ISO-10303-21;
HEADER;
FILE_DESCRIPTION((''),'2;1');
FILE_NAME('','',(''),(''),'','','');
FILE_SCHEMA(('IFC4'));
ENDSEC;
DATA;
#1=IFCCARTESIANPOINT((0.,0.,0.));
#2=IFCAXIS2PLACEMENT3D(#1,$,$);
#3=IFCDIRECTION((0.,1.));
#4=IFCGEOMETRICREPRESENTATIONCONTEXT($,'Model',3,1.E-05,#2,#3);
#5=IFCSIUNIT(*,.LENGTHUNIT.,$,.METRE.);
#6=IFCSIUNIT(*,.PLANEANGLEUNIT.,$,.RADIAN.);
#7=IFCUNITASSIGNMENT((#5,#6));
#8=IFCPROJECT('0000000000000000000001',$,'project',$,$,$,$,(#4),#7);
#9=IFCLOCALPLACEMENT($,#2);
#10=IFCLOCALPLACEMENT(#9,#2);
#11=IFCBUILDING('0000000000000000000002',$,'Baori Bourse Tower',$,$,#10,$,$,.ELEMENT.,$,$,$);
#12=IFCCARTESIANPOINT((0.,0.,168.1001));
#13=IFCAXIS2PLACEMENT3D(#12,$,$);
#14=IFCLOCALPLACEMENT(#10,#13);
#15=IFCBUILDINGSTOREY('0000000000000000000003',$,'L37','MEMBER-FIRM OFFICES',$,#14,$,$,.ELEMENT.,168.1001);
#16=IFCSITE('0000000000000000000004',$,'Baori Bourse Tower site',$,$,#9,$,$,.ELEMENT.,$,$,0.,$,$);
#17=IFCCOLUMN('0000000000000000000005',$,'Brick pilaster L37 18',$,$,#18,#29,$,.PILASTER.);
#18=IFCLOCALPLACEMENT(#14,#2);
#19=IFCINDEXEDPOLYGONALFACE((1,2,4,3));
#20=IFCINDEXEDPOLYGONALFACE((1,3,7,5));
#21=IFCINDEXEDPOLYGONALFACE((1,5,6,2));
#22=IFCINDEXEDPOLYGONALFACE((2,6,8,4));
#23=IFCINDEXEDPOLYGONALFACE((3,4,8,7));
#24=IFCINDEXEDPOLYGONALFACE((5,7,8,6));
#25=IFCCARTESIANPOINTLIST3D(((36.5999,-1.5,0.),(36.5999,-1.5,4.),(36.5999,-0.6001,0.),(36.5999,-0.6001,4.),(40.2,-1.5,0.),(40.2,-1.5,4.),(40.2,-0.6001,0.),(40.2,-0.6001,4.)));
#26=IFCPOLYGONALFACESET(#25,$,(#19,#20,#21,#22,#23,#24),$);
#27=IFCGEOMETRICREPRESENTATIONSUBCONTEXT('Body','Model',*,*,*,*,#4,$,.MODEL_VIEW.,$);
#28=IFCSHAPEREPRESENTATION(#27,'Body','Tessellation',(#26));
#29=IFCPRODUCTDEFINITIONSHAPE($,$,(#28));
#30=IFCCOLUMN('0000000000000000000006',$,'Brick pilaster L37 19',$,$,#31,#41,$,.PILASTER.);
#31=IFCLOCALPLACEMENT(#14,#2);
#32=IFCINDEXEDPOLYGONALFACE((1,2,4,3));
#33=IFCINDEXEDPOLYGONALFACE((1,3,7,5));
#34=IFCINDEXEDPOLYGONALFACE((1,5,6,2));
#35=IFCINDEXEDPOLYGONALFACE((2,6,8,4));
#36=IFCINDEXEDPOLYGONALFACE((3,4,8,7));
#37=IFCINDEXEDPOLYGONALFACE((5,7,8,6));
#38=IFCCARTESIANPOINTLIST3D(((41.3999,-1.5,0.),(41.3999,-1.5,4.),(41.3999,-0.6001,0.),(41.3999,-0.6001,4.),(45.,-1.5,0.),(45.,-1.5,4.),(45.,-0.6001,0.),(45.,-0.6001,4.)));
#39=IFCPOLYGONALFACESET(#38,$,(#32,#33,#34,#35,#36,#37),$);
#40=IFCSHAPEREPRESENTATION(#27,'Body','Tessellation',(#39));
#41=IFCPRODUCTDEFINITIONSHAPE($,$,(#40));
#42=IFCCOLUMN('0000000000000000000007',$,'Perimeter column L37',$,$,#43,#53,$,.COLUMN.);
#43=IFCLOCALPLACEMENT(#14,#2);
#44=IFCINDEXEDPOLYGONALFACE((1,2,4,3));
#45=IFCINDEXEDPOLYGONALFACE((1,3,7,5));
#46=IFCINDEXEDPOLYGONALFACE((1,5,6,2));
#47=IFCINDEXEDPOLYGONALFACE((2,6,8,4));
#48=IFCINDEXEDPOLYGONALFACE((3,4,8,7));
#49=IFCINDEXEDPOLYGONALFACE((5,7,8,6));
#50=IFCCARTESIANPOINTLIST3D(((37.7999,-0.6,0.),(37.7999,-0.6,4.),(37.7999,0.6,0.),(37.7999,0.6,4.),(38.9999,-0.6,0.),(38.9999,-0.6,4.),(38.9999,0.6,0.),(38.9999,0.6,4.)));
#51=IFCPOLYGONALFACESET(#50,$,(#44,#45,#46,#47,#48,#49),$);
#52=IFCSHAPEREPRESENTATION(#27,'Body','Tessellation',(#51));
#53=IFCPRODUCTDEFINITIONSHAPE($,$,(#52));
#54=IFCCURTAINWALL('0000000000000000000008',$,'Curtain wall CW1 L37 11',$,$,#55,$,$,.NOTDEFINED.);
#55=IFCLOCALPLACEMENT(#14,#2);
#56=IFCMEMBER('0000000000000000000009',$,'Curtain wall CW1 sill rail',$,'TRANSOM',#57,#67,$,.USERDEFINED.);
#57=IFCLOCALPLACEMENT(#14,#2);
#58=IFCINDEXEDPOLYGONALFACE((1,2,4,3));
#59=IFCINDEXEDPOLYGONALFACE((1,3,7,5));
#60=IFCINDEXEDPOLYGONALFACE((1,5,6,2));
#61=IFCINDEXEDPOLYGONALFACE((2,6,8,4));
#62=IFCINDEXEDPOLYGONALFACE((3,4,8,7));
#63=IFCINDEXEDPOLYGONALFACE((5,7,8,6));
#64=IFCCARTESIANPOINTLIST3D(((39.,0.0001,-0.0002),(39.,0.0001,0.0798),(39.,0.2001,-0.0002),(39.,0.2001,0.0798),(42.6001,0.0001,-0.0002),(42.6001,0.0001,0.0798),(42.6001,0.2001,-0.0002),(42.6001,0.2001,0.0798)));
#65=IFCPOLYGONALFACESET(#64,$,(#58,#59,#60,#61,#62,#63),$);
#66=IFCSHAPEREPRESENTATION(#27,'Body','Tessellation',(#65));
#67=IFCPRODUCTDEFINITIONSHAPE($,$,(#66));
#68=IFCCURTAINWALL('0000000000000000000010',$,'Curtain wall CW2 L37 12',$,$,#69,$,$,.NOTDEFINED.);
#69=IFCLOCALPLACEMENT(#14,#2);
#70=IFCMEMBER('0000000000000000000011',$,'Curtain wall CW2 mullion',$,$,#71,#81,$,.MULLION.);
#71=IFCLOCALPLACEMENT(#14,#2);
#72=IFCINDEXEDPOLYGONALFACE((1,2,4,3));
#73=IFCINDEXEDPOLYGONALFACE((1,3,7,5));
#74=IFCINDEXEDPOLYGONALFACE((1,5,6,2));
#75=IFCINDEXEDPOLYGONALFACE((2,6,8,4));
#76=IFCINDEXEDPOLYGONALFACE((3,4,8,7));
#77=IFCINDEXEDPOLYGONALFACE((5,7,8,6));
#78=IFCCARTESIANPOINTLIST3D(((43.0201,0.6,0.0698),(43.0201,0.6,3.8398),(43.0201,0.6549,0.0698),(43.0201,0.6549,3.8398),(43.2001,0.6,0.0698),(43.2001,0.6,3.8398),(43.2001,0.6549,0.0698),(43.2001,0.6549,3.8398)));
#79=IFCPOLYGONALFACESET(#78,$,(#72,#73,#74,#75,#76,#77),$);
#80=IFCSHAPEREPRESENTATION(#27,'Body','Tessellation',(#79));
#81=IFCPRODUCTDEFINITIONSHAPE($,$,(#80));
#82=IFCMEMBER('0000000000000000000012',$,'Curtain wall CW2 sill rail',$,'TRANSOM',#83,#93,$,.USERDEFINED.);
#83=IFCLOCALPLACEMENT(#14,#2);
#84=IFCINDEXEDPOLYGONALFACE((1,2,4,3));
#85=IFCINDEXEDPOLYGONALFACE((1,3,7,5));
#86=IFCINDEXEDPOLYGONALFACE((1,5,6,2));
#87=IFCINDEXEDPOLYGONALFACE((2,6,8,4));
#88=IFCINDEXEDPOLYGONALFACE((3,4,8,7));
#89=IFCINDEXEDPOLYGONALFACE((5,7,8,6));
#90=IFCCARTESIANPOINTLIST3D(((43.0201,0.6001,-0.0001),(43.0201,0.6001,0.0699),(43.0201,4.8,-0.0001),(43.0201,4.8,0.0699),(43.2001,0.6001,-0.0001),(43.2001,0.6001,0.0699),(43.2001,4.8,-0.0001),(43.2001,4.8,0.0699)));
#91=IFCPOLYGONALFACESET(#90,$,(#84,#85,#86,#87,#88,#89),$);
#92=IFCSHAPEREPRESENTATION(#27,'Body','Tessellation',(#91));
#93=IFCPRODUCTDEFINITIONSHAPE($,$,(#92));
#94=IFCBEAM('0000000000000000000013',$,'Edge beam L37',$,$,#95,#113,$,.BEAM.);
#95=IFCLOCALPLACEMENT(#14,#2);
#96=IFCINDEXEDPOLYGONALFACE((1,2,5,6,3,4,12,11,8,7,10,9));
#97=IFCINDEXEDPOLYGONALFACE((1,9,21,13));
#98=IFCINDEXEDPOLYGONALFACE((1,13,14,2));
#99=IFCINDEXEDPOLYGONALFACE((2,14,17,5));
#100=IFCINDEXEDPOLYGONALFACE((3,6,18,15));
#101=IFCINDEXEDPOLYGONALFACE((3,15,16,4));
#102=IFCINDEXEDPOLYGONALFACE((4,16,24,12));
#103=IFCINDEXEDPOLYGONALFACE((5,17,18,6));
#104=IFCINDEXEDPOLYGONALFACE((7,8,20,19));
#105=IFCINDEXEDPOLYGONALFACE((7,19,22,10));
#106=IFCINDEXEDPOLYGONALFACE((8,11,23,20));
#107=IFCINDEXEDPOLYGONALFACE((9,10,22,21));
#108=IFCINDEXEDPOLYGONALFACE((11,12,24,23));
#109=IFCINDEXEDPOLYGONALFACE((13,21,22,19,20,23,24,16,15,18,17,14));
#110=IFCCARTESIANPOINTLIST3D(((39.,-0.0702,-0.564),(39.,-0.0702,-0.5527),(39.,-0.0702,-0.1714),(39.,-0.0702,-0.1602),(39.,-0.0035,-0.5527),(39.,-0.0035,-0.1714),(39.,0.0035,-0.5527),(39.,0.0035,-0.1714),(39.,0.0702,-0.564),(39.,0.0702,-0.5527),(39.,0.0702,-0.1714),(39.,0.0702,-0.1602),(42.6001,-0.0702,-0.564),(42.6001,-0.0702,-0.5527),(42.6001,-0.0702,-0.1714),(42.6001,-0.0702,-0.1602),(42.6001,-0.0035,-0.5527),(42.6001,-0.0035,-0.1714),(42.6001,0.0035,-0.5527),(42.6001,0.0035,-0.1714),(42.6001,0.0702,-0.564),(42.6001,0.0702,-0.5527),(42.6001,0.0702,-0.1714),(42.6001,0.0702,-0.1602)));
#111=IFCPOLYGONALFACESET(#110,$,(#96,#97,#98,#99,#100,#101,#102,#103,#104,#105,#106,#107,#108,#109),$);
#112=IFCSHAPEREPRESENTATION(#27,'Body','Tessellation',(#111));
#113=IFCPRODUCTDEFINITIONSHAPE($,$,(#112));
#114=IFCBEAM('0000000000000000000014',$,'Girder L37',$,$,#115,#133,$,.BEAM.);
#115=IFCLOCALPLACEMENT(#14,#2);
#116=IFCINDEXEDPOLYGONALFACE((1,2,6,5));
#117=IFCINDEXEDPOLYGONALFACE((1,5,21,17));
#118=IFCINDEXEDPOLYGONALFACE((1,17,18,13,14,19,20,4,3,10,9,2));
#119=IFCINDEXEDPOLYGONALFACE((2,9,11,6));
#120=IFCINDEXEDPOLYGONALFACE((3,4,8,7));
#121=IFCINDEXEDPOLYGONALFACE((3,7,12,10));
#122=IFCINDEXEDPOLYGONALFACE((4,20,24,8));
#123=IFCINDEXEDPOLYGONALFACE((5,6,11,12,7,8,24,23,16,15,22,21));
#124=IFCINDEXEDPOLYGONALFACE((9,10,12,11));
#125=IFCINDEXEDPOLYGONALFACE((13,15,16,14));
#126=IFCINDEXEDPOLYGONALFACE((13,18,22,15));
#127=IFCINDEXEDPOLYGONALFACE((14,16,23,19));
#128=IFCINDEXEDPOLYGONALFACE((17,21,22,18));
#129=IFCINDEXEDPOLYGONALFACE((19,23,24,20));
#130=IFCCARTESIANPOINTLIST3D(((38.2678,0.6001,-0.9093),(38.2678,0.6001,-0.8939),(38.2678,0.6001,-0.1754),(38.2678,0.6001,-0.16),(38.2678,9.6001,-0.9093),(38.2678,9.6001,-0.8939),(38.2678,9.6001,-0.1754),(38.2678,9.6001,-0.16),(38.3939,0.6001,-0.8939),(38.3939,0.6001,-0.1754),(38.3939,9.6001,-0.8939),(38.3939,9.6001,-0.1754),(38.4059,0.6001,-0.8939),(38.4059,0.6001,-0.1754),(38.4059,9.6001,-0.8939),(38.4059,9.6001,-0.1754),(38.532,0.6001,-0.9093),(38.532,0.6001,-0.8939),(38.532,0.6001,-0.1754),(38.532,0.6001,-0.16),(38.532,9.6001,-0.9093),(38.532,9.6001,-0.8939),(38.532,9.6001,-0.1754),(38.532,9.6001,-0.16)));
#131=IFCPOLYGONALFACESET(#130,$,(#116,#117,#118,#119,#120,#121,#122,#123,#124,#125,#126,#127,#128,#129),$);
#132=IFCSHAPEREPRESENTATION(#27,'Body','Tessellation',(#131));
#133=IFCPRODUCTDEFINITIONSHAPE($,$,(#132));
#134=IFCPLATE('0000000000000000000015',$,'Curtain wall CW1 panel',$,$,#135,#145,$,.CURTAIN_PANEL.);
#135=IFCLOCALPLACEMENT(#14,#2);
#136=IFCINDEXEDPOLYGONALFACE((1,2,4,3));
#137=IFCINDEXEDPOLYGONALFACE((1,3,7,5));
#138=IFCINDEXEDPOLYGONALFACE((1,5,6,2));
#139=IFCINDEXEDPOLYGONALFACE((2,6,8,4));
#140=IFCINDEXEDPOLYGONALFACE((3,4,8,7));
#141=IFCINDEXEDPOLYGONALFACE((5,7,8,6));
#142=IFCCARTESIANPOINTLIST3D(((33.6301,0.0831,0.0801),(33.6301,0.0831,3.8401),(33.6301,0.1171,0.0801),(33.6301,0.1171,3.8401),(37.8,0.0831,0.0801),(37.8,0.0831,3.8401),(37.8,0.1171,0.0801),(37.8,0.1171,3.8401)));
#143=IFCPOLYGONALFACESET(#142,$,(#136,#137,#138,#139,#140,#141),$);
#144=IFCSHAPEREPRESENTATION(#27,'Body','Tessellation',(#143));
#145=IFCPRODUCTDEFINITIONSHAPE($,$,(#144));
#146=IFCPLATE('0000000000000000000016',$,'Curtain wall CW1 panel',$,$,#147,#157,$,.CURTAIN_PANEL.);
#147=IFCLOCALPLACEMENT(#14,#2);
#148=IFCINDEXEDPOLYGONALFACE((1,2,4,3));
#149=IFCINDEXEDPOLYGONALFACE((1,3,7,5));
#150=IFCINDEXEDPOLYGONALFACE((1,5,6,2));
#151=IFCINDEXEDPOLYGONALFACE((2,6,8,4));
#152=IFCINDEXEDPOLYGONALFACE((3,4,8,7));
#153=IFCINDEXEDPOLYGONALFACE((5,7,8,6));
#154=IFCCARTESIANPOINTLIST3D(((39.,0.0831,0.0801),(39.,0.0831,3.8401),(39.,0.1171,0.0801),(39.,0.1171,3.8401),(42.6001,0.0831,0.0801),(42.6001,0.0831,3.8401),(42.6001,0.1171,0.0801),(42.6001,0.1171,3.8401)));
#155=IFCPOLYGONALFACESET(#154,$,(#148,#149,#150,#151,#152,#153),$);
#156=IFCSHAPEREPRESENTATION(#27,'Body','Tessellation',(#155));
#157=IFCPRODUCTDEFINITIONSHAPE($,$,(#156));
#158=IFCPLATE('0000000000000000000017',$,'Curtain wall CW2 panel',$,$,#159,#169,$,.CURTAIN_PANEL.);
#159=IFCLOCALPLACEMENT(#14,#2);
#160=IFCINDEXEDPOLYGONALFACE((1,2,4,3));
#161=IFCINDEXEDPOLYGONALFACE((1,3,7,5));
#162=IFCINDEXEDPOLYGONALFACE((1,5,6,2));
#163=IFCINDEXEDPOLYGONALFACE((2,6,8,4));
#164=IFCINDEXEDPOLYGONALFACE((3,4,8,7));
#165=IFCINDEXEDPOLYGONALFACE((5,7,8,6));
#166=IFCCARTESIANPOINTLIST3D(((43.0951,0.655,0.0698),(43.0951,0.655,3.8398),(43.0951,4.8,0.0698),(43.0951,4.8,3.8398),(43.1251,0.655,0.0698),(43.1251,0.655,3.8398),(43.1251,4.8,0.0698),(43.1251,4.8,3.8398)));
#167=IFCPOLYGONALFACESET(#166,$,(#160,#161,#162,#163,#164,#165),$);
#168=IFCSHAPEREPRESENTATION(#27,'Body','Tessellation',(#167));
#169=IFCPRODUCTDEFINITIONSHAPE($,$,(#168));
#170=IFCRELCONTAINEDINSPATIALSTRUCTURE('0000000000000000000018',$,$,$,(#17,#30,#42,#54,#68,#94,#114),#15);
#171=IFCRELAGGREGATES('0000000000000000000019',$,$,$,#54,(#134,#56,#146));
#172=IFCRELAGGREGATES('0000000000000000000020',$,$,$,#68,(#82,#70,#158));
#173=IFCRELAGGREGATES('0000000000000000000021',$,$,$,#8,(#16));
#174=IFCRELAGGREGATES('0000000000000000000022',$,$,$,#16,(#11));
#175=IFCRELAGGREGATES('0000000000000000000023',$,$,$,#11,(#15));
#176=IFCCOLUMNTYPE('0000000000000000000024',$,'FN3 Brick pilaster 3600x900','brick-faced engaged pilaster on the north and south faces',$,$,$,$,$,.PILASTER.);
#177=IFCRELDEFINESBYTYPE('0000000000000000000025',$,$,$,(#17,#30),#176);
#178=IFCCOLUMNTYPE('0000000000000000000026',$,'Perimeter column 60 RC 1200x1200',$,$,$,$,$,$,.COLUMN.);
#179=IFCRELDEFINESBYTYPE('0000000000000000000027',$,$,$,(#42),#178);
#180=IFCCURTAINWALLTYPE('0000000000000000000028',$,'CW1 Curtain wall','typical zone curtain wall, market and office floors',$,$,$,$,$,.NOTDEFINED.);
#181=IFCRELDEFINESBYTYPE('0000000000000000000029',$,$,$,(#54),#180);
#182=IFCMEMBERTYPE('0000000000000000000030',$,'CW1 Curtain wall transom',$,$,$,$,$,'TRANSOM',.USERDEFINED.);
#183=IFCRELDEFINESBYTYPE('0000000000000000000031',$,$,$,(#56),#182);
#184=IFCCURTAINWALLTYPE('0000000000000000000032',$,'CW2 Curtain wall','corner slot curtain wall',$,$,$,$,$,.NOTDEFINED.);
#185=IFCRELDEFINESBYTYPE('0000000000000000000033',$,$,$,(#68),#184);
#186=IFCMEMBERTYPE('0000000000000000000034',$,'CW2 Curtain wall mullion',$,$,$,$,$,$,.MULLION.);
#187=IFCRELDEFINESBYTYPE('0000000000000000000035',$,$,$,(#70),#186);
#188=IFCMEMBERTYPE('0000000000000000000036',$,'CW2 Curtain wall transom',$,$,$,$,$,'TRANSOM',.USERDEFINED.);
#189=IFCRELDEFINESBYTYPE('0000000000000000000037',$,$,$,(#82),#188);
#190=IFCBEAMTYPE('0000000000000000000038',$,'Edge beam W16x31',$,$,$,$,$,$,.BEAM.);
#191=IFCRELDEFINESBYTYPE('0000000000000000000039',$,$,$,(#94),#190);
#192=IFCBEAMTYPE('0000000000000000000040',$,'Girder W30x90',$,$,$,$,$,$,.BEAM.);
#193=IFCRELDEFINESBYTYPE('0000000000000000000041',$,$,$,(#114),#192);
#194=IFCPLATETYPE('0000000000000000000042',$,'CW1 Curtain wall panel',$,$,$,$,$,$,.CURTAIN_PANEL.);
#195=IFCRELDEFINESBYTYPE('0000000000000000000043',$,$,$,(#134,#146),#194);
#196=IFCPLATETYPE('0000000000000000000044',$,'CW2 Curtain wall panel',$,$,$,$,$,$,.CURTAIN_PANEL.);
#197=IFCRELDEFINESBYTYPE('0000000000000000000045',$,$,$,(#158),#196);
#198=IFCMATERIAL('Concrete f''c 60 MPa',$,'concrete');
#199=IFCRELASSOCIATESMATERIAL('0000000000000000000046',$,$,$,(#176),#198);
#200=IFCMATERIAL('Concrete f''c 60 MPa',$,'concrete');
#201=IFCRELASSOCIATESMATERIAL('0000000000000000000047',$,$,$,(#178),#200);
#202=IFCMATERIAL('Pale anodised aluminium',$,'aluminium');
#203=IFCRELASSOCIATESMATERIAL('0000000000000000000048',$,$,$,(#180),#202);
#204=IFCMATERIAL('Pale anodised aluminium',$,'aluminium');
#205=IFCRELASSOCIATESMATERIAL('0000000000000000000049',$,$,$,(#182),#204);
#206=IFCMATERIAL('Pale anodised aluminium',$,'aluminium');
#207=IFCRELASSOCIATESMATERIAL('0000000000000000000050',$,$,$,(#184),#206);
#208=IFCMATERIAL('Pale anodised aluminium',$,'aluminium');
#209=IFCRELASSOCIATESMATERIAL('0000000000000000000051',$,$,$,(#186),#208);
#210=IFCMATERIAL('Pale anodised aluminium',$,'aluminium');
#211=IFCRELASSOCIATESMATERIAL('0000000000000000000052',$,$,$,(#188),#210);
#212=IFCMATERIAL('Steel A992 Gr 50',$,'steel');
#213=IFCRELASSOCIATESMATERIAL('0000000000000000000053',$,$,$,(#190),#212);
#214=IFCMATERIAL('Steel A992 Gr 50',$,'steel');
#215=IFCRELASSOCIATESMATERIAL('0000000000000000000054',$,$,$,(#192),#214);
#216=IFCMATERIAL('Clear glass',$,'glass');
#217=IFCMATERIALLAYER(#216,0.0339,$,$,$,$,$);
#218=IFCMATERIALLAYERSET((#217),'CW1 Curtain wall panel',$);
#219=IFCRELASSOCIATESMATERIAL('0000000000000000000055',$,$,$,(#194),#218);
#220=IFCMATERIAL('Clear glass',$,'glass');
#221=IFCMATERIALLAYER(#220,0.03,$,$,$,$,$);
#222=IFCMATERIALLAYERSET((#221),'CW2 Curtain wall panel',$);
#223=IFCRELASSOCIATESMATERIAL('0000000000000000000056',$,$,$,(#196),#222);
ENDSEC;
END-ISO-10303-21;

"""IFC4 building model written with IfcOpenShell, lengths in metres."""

from ifc_helpers import new_model, si_unit, direction, frame, origin, origin_2d, place, context, subcontext, project, spatial, rectangle, i_section, extrude, material, layer, layer_set, material_profile, profile_set, type_object, element, aggregate, save


model = new_model("IFC4")

# Units and contexts
model_context = context("Model", 3, precision=1e-05, world=origin(), true_north=direction((0.0, 1.0)))
body_context = subcontext(model_context, "Body", "Model", "MODEL_VIEW")
ifc_project = project(units=[si_unit("LENGTHUNIT", "METRE"), si_unit("PLANEANGLEUNIT", "RADIAN")], contexts=[model_context])

# Site, building, storey
site_placement = place(None, origin())
site = spatial("IfcSite", under=ifc_project, at=site_placement, Name="Baori Bourse Tower site", CompositionType="ELEMENT", RefElevation=0.0)
building_placement = place(site_placement, origin())
building = spatial("IfcBuilding", under=site, at=building_placement, Name="Baori Bourse Tower", CompositionType="ELEMENT")
storey_placement = place(building_placement, frame((0.0, 0.0, 168.1001)))
storey = spatial("IfcBuildingStorey", under=building, at=storey_placement, Name="L37", Description="MEMBER-FIRM OFFICES", CompositionType="ELEMENT", Elevation=168.1001)

# Columns
ifc_material_1 = material(Name="Concrete f'c 60 MPa", Category="concrete")
ifc_material_profile_1 = material_profile(ifc_material_1, rectangle(XDim=3.6001, YDim=0.8999, at=origin_2d()), Name="RC 3600x900")
ifc_profile_set_1 = profile_set([ifc_material_profile_1], Name="Concrete f'c 60 MPa")
column_type_1 = type_object("IfcColumnType", Name="FN3 Brick pilaster 3600x900", Description="brick-faced engaged pilaster on the north and south faces", PredefinedType="PILASTER", material=ifc_profile_set_1)
for number, where, z_axis, x_axis, name in (
    (1, (38.3999, -1.05, 0.0), (0.0, 0.0, 1.0), (1.0, 0.0, 0.0), "Brick pilaster L37 18"),
    (2, (43.2, -1.05, 0.0), (0.0, 0.0, 1.0), (1.0, 0.0, 0.0), "Brick pilaster L37 19"),
):
    element("IfcColumn", number, at=place(storey_placement, frame(where, z_axis=z_axis, x_axis=x_axis)), inside=storey, type_object=column_type_1, Name=name, PredefinedType="PILASTER", context=body_context, shape_type="SweptSolid", body=[
        extrude(rectangle(XDim=3.6001, YDim=0.8999, at=origin_2d()), origin(), (0.0, 0.0, 1.0), 4.0),
    ])
ifc_material_2 = material(Name="Concrete f'c 60 MPa", Category="concrete")
ifc_material_profile_2 = material_profile(ifc_material_2, rectangle(XDim=1.2, YDim=1.2, at=origin_2d()), Name="RC 1200x1200")
ifc_profile_set_2 = profile_set([ifc_material_profile_2], Name="Concrete f'c 60 MPa")
column_type_2 = type_object("IfcColumnType", Name="Perimeter column 60 RC 1200x1200", PredefinedType="COLUMN", material=ifc_profile_set_2)
column_placement = place(storey_placement, frame((38.3999, 0.0, 0.0), z_axis=(0.0, 0.0, 1.0), x_axis=(1.0, 0.0, 0.0)))
element("IfcColumn", 3, at=column_placement, inside=storey, type_object=column_type_2, Name="Perimeter column L37", PredefinedType="COLUMN", context=body_context, shape_type="SweptSolid", body=[
    extrude(rectangle(XDim=1.2, YDim=1.2, at=origin_2d()), origin(), (0.0, 0.0, 1.0), 4.0),
])

# Curtain wall, member
ifc_material_3 = material(Name="Pale anodised aluminium", Category="aluminium")
curtain_wall_type_1 = type_object("IfcCurtainWallType", Name="CW1 Curtain wall", Description="typical zone curtain wall, market and office floors", PredefinedType="NOTDEFINED", material=ifc_material_3)
curtain_wall_1_placement = place(storey_placement, origin())
curtain_wall_1 = element("IfcCurtainWall", 4, at=curtain_wall_1_placement, inside=storey, type_object=curtain_wall_type_1, Name="Curtain wall CW1 L37 11", PredefinedType="NOTDEFINED")
ifc_material_4 = material(Name="Pale anodised aluminium", Category="aluminium")
ifc_material_profile_3 = material_profile(ifc_material_4, rectangle(XDim=0.2, YDim=0.0801, at=origin_2d()), Name="Transom 80x200")
ifc_profile_set_3 = profile_set([ifc_material_profile_3], Name="Pale anodised aluminium")
member_type_1 = type_object("IfcMemberType", Name="CW1 Curtain wall transom", ElementType="TRANSOM", PredefinedType="USERDEFINED", material=ifc_profile_set_3)
member_1_placement = place(storey_placement, frame((39.0, 0.1001, 0.0398), z_axis=(1.0, 0.0, 0.0), x_axis=(0.0, 1.0, 0.0)))
member_1 = element("IfcMember", 5, at=member_1_placement, type_object=member_type_1, Name="Curtain wall CW1 sill rail", ObjectType="TRANSOM", PredefinedType="USERDEFINED", context=body_context, shape_type="SweptSolid", body=[
    extrude(rectangle(XDim=0.2, YDim=0.0801, at=origin_2d()), origin(), (0.0, 0.0, 1.0), 3.6001),
])

# Curtain wall, members
ifc_material_5 = material(Name="Pale anodised aluminium", Category="aluminium")
curtain_wall_type_2 = type_object("IfcCurtainWallType", Name="CW2 Curtain wall", Description="corner slot curtain wall", PredefinedType="NOTDEFINED", material=ifc_material_5)
curtain_wall_2_placement = place(storey_placement, origin())
curtain_wall_2 = element("IfcCurtainWall", 6, at=curtain_wall_2_placement, inside=storey, type_object=curtain_wall_type_2, Name="Curtain wall CW2 L37 12", PredefinedType="NOTDEFINED")
ifc_material_6 = material(Name="Pale anodised aluminium", Category="aluminium")
ifc_material_profile_4 = material_profile(ifc_material_6, rectangle(XDim=0.1799, YDim=0.0549, at=origin_2d()), Name="Mullion 55x180")
ifc_profile_set_4 = profile_set([ifc_material_profile_4], Name="Pale anodised aluminium")
member_type_2 = type_object("IfcMemberType", Name="CW2 Curtain wall mullion", PredefinedType="MULLION", material=ifc_profile_set_4)
member_2_placement = place(storey_placement, frame((43.1101, 0.6274, 0.0698), z_axis=(0.0, 0.0, 1.0), x_axis=(-1.0, 0.0, 0.0)))
member_2 = element("IfcMember", 7, at=member_2_placement, type_object=member_type_2, Name="Curtain wall CW2 mullion", PredefinedType="MULLION", context=body_context, shape_type="SweptSolid", body=[
    extrude(rectangle(XDim=0.1799, YDim=0.0549, at=origin_2d()), origin(), (0.0, 0.0, 1.0), 3.77),
])
ifc_material_7 = material(Name="Pale anodised aluminium", Category="aluminium")
ifc_material_profile_5 = material_profile(ifc_material_7, rectangle(XDim=0.1799, YDim=0.0701, at=origin_2d()), Name="Transom 70x180")
ifc_profile_set_5 = profile_set([ifc_material_profile_5], Name="Pale anodised aluminium")
member_type_3 = type_object("IfcMemberType", Name="CW2 Curtain wall transom", ElementType="TRANSOM", PredefinedType="USERDEFINED", material=ifc_profile_set_5)
member_3_placement = place(storey_placement, frame((43.1101, 0.6001, 0.0349), z_axis=(0.0, 1.0, 0.0), x_axis=(-1.0, 0.0, 0.0)))
member_3 = element("IfcMember", 8, at=member_3_placement, type_object=member_type_3, Name="Curtain wall CW2 sill rail", ObjectType="TRANSOM", PredefinedType="USERDEFINED", context=body_context, shape_type="SweptSolid", body=[
    extrude(rectangle(XDim=0.1799, YDim=0.0701, at=origin_2d()), origin(), (0.0, 0.0, 1.0), 4.2),
])

# Beams
ifc_material_8 = material(Name="Steel A992 Gr 50", Category="steel")
ifc_material_profile_6 = material_profile(ifc_material_8, i_section(OverallWidth=0.1404, OverallDepth=0.4038, WebThickness=0.0071, FlangeThickness=0.0112, at=origin_2d()), Name="W16x31")
ifc_profile_set_6 = profile_set([ifc_material_profile_6], Name="Steel A992 Gr 50")
beam_type_1 = type_object("IfcBeamType", Name="Edge beam W16x31", PredefinedType="BEAM", material=ifc_profile_set_6)
beam_1_placement = place(storey_placement, frame((39.0, 0.0, -0.3621), z_axis=(1.0, 0.0, 0.0), x_axis=(0.0, 1.0, 0.0)))
element("IfcBeam", 9, at=beam_1_placement, inside=storey, type_object=beam_type_1, Name="Edge beam L37", PredefinedType="BEAM", context=body_context, shape_type="SweptSolid", body=[
    extrude(i_section(OverallWidth=0.1404, OverallDepth=0.4038, WebThickness=0.0071, FlangeThickness=0.0112, at=origin_2d()), origin(), (0.0, 0.0, 1.0), 3.6001),
])
ifc_material_9 = material(Name="Steel A992 Gr 50", Category="steel")
ifc_material_profile_7 = material_profile(ifc_material_9, i_section(OverallWidth=0.2642, OverallDepth=0.7493, WebThickness=0.012, FlangeThickness=0.0154, at=origin_2d()), Name="W30x90")
ifc_profile_set_7 = profile_set([ifc_material_profile_7], Name="Steel A992 Gr 50")
beam_type_2 = type_object("IfcBeamType", Name="Girder W30x90", PredefinedType="BEAM", material=ifc_profile_set_7)
beam_2_placement = place(storey_placement, frame((38.3999, 0.6001, -0.5347), z_axis=(0.0, 1.0, 0.0), x_axis=(-1.0, 0.0, 0.0)))
element("IfcBeam", 10, at=beam_2_placement, inside=storey, type_object=beam_type_2, Name="Girder L37", PredefinedType="BEAM", context=body_context, shape_type="SweptSolid", body=[
    extrude(i_section(OverallWidth=0.2642, OverallDepth=0.7493, WebThickness=0.012, FlangeThickness=0.0154, at=origin_2d()), origin(), (0.0, 0.0, 1.0), 9.0),
])

# Plates
ifc_material_10 = material(Name="Clear glass", Category="glass")
ifc_layer_1 = layer(ifc_material_10, 0.0339)
ifc_layer_set_1 = layer_set([ifc_layer_1], Name="CW1 Curtain wall panel")
plate_type_1 = type_object("IfcPlateType", Name="CW1 Curtain wall panel", PredefinedType="CURTAIN_PANEL", material=ifc_layer_set_1)
plate_1_placement = place(storey_placement, frame((35.7151, 0.1001, 0.0801), z_axis=(0.0, 0.0, 1.0), x_axis=(1.0, 0.0, 0.0)))
plate_1 = element("IfcPlate", 11, at=plate_1_placement, type_object=plate_type_1, Name="Curtain wall CW1 panel", PredefinedType="CURTAIN_PANEL", context=body_context, shape_type="SweptSolid", body=[
    extrude(rectangle(XDim=4.1699, YDim=0.0339, at=origin_2d()), origin(), (0.0, 0.0, 1.0), 3.76),
])
plate_2_placement = place(storey_placement, frame((40.8, 0.1001, 0.0801), z_axis=(0.0, 0.0, 1.0), x_axis=(1.0, 0.0, 0.0)))
plate_2 = element("IfcPlate", 12, at=plate_2_placement, type_object=plate_type_1, Name="Curtain wall CW1 panel", PredefinedType="CURTAIN_PANEL", context=body_context, shape_type="SweptSolid", body=[
    extrude(rectangle(XDim=3.6001, YDim=0.0339, at=origin_2d()), origin(), (0.0, 0.0, 1.0), 3.76),
])
aggregate(curtain_wall_1, [plate_1, member_1, plate_2])
ifc_material_11 = material(Name="Clear glass", Category="glass")
ifc_layer_2 = layer(ifc_material_11, 0.03)
ifc_layer_set_2 = layer_set([ifc_layer_2], Name="CW2 Curtain wall panel")
plate_type_2 = type_object("IfcPlateType", Name="CW2 Curtain wall panel", PredefinedType="CURTAIN_PANEL", material=ifc_layer_set_2)
plate_3_placement = place(storey_placement, frame((43.1101, 2.7275, 0.0698), z_axis=(0.0, 0.0, 1.0), x_axis=(0.0, 1.0, 0.0)))
plate_3 = element("IfcPlate", 13, at=plate_3_placement, type_object=plate_type_2, Name="Curtain wall CW2 panel", PredefinedType="CURTAIN_PANEL", context=body_context, shape_type="SweptSolid", body=[
    extrude(rectangle(XDim=4.145, YDim=0.03, at=origin_2d()), origin(), (0.0, 0.0, 1.0), 3.77),
])
aggregate(curtain_wall_2, [member_3, member_2, plate_3])

save(model, "model.ifc")
